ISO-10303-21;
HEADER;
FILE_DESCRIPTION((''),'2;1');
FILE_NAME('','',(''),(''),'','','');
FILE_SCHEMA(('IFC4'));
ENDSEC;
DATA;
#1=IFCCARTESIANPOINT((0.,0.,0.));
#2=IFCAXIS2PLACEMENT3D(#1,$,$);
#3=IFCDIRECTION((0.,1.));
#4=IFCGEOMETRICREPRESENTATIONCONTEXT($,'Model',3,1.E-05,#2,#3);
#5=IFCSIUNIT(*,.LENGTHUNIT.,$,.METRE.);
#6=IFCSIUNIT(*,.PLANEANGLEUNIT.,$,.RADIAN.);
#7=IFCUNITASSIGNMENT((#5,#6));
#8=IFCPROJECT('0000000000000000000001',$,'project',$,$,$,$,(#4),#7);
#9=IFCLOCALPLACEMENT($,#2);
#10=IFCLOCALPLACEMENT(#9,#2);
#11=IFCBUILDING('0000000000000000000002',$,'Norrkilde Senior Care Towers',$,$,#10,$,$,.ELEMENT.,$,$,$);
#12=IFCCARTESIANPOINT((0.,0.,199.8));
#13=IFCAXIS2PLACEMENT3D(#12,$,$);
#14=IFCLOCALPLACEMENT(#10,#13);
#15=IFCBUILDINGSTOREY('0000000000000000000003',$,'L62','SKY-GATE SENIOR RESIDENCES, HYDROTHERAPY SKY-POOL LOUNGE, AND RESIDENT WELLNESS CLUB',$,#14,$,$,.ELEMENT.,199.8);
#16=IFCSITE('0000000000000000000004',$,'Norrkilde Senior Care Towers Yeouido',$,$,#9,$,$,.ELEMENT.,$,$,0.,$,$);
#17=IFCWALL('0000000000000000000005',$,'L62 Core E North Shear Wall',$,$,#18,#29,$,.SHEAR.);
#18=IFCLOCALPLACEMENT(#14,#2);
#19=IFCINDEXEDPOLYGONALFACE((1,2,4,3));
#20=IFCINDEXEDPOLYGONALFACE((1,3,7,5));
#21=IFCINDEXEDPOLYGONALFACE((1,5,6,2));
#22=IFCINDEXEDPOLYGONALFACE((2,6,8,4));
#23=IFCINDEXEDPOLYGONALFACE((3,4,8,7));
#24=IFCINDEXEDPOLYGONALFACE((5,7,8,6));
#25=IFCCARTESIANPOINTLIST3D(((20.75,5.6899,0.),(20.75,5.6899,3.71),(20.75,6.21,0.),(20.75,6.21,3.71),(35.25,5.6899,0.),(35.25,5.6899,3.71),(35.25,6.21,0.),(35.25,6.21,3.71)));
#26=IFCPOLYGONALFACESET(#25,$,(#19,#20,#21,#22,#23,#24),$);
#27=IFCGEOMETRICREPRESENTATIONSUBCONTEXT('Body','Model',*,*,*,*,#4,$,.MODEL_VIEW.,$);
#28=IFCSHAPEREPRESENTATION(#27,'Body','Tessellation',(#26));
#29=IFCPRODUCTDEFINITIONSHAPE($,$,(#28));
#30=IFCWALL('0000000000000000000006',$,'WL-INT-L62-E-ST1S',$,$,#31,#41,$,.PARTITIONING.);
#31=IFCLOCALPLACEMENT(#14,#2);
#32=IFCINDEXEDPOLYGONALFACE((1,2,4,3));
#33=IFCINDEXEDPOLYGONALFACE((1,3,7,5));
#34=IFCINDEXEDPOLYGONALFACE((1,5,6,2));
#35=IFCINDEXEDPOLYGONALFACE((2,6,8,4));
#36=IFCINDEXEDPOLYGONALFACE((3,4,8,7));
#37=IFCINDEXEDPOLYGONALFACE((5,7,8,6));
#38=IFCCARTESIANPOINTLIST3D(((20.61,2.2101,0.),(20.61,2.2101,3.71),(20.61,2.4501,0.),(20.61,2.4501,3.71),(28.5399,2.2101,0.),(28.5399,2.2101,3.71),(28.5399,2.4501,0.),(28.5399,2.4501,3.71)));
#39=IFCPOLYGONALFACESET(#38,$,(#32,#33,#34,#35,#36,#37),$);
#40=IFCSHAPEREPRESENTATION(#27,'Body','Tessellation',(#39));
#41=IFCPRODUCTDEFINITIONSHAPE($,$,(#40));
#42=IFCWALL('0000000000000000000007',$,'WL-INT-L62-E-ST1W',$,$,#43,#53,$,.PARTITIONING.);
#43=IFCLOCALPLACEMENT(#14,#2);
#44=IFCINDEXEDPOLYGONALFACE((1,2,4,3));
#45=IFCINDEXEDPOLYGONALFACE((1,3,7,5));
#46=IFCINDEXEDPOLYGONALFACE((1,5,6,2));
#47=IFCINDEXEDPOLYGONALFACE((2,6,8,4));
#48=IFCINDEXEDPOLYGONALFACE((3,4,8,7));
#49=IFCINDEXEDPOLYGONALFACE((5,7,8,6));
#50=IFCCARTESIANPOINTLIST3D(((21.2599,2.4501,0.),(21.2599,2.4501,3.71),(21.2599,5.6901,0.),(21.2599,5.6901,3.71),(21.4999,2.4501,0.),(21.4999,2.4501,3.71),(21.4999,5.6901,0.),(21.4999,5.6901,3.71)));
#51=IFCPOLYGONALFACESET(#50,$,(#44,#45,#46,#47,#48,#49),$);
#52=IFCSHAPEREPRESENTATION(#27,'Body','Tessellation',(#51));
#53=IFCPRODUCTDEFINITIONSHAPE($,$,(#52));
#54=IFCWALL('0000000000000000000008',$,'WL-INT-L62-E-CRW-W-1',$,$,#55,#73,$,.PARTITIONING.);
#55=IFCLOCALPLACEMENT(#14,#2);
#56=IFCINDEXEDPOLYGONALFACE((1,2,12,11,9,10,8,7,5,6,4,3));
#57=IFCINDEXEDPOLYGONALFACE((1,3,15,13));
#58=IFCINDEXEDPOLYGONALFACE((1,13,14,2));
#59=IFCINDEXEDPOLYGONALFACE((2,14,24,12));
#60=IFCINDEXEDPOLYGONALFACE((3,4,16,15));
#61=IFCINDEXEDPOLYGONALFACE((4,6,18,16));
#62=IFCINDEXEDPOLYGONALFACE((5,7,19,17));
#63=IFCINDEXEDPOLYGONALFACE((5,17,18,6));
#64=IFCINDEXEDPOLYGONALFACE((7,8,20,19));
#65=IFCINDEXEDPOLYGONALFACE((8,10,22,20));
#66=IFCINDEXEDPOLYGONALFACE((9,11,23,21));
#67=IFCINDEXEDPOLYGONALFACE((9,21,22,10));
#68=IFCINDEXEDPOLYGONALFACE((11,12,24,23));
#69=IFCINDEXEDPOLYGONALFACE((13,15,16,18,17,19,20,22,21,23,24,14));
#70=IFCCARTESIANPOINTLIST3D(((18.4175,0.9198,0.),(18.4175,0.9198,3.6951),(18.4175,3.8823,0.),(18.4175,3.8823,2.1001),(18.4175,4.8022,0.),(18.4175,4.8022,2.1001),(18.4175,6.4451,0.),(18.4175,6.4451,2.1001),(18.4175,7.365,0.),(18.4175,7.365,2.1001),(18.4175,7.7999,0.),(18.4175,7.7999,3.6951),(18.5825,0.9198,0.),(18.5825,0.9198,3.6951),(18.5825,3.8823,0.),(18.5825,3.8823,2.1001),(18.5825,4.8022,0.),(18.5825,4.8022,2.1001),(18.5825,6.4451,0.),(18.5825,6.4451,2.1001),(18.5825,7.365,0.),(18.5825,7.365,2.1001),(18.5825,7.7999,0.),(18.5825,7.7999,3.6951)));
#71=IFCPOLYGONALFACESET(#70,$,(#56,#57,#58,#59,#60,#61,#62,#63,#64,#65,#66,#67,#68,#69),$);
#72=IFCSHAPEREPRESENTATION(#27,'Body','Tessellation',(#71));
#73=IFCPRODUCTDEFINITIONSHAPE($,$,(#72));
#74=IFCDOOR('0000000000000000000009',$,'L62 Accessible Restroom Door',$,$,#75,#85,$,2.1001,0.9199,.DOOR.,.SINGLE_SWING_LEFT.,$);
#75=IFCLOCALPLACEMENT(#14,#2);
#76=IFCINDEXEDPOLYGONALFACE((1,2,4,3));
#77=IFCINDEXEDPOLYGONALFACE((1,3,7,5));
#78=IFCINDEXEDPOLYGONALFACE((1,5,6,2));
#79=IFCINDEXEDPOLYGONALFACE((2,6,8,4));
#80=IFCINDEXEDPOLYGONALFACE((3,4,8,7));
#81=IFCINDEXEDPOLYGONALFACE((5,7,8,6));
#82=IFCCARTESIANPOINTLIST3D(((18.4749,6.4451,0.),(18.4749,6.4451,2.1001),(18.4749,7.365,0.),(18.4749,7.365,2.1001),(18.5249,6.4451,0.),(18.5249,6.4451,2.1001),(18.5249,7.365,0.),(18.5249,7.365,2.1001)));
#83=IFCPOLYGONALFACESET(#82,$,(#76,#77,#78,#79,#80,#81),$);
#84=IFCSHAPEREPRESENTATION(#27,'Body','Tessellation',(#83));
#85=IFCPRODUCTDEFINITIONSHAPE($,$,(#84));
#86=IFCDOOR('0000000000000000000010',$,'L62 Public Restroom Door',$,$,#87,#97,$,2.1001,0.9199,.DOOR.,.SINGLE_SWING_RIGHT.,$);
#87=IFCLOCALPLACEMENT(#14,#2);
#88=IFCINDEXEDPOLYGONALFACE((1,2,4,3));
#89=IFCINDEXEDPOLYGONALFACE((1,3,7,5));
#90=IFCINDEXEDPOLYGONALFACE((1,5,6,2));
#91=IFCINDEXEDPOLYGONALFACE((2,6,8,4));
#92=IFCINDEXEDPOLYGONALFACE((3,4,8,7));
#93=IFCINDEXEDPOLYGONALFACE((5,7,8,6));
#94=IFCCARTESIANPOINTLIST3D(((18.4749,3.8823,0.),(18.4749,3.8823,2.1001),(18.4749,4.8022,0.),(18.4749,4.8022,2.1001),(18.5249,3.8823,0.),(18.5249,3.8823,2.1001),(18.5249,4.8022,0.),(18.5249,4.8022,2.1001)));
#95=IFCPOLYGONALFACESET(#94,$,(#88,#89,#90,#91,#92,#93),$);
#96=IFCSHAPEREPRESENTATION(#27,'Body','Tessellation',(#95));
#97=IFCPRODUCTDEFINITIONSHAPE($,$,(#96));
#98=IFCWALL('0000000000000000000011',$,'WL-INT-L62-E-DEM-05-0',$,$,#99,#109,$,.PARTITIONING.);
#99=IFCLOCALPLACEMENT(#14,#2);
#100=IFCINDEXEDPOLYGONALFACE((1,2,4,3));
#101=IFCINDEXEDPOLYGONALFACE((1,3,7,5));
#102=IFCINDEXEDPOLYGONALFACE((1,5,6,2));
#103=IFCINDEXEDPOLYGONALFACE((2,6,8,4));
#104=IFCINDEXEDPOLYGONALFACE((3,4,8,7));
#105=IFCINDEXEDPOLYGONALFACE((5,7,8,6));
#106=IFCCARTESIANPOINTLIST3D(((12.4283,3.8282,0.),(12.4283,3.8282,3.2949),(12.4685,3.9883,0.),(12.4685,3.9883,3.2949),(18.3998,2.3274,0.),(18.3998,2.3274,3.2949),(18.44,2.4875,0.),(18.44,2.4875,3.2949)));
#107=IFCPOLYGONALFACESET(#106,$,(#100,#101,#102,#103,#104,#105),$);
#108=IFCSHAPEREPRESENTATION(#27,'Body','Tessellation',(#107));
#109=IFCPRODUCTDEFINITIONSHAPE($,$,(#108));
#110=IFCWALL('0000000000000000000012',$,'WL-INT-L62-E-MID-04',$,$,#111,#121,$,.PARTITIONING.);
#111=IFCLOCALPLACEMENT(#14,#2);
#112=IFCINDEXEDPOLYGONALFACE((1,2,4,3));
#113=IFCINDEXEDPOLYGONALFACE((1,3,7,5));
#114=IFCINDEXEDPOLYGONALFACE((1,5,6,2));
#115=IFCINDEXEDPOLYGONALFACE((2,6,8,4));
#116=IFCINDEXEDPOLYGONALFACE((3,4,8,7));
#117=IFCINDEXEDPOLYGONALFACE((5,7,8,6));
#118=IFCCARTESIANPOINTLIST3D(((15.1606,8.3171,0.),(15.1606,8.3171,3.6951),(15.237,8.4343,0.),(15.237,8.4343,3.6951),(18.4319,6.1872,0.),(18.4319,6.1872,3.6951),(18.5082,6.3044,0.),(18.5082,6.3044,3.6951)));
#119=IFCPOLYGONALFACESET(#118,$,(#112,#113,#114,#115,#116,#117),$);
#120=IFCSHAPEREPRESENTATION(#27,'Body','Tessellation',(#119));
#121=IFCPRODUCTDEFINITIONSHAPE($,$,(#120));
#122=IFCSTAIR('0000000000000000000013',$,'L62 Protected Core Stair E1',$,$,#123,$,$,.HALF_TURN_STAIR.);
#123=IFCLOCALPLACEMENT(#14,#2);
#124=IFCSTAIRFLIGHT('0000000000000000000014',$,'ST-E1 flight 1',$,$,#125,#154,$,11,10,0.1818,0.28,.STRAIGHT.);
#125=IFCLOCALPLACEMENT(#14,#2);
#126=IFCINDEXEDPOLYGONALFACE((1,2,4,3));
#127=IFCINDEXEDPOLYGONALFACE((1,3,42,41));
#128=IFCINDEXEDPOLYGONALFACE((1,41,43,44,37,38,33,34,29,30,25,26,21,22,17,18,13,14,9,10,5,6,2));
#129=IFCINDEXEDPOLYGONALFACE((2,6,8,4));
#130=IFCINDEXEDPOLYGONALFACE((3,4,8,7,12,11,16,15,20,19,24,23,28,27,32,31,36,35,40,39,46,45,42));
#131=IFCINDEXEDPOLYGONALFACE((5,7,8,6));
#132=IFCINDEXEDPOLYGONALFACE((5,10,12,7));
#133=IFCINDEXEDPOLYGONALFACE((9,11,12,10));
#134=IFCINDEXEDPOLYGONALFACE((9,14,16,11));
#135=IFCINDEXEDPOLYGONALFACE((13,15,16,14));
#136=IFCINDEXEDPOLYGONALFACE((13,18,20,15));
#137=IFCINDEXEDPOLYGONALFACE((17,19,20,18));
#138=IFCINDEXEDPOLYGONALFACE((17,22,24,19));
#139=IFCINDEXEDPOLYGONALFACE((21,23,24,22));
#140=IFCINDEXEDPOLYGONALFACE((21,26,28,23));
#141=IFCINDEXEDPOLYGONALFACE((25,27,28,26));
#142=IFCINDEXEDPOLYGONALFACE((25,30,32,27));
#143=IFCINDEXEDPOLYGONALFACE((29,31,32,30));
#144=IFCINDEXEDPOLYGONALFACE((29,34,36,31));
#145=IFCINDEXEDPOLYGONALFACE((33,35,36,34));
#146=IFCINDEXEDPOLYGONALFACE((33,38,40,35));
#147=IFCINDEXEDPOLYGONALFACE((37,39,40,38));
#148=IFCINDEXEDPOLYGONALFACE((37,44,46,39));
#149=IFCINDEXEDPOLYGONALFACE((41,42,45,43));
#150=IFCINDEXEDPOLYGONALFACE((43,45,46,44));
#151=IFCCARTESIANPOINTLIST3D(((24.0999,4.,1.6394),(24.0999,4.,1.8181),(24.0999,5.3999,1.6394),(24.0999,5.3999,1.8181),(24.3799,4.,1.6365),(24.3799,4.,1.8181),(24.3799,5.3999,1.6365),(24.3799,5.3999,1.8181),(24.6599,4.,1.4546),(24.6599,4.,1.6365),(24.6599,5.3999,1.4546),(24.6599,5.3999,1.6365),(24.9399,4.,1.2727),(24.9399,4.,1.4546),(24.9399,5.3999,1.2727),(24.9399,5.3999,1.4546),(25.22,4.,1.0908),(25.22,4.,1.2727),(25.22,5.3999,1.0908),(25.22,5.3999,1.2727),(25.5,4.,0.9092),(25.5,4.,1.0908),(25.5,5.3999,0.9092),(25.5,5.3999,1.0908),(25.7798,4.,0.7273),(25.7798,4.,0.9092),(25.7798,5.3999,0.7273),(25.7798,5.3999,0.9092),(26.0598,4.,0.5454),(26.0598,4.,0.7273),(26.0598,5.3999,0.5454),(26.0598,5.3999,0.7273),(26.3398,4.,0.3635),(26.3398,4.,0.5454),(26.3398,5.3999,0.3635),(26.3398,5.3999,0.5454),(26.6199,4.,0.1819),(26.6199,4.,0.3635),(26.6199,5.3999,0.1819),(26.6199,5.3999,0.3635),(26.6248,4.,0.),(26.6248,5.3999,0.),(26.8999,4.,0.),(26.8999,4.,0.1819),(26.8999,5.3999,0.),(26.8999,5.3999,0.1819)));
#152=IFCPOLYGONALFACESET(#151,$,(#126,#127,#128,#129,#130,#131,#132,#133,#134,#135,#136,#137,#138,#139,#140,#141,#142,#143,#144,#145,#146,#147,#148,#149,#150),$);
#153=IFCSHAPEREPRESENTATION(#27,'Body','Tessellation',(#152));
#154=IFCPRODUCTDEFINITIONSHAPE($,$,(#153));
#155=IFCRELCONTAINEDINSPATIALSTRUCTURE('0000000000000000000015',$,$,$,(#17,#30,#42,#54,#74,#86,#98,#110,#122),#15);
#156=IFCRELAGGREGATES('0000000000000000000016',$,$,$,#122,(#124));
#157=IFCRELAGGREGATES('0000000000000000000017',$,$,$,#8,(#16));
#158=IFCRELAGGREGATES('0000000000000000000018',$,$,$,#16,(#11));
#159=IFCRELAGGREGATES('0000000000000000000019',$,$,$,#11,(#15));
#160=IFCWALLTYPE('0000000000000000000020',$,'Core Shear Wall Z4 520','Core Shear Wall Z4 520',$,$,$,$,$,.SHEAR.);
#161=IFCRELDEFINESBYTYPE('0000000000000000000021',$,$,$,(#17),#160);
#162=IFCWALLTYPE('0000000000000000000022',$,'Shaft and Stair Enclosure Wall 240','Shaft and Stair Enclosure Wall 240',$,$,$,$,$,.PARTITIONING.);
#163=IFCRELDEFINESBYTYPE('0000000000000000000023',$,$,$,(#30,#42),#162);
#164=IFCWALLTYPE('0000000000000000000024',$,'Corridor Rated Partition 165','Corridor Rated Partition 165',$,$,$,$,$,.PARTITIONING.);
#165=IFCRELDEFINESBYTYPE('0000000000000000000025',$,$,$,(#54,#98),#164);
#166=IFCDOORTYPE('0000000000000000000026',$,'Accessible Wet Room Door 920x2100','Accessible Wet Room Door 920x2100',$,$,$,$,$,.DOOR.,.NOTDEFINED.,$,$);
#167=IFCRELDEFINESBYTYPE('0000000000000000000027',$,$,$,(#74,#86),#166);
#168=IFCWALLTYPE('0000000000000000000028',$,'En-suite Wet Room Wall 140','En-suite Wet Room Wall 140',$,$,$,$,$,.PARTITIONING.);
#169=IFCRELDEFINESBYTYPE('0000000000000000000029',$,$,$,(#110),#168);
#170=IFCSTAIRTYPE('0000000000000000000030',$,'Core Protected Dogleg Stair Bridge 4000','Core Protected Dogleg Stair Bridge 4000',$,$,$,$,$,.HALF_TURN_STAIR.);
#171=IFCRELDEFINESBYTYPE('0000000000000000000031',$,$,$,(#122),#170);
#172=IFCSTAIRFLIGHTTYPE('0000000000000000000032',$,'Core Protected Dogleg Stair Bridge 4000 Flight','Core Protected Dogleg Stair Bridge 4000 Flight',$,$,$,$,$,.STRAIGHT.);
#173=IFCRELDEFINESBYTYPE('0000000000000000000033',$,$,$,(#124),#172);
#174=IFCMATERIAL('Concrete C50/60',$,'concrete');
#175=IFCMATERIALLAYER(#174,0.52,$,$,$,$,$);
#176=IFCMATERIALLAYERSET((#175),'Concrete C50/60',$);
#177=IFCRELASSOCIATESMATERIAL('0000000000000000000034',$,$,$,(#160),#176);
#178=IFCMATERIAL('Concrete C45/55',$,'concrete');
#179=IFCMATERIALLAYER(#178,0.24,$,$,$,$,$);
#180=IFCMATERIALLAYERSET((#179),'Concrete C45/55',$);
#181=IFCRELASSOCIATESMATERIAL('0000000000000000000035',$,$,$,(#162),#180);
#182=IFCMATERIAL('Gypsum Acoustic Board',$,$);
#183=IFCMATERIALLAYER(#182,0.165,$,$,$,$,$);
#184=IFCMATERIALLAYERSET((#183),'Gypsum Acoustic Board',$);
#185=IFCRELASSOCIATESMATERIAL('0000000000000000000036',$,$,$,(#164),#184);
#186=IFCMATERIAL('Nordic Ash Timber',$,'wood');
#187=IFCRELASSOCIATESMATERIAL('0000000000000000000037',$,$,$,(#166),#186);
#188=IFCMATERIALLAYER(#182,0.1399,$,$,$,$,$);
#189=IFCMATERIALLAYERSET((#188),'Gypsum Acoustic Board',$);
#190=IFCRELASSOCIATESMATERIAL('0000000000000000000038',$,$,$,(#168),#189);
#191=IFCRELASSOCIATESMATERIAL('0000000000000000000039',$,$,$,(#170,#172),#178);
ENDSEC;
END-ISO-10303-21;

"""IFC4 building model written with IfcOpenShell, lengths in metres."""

from ifc_helpers import new_model, si_unit, direction, frame, frame_2d, origin, place, context, subcontext, project, spatial, polyline, rectangle, outline, extrude, source, transform, mapped, material, layer, layer_set, type_object, type_shapes, element, fill, aggregate, save


model = new_model("IFC4")

# Units and contexts
model_context = context("Model", 3, precision=1e-05, world=origin(), true_north=direction((0.0, 1.0)))
body_context = subcontext(model_context, "Body", "Model", "MODEL_VIEW")
ifc_project = project(units=[si_unit("LENGTHUNIT", "METRE"), si_unit("PLANEANGLEUNIT", "RADIAN")], contexts=[model_context])

# Site, building, storey
site_placement = place(None, origin())
site = spatial("IfcSite", under=ifc_project, at=site_placement, Name="Norrkilde Senior Care Towers Yeouido", CompositionType="ELEMENT", RefElevation=0.0)
building_placement = place(site_placement, origin())
building = spatial("IfcBuilding", under=site, at=building_placement, Name="Norrkilde Senior Care Towers", CompositionType="ELEMENT")
storey_placement = place(building_placement, frame((0.0, 0.0, 199.8)))
storey = spatial("IfcBuildingStorey", under=building, at=storey_placement, Name="L62", Description="SKY-GATE SENIOR RESIDENCES, HYDROTHERAPY SKY-POOL LOUNGE, AND RESIDENT WELLNESS CLUB", CompositionType="ELEMENT", Elevation=199.8)

# Walls
ifc_material_1 = material(Name="Concrete C50/60", Category="concrete")
ifc_layer_1 = layer(ifc_material_1, 0.52)
ifc_layer_set_1 = layer_set([ifc_layer_1], Name="Concrete C50/60")
wall_type_1 = type_object("IfcWallType", Name="Core Shear Wall Z4 520", Description="Core Shear Wall Z4 520", PredefinedType="SHEAR", material=ifc_layer_set_1)
shared_shape_1 = source(origin(), body_context, "Body", "SweptSolid", [
    extrude(rectangle(XDim=14.5, YDim=0.52, at=frame_2d((7.25, 0.0))), origin(), (0.0, 0.0, 1.0), 3.71),
])
type_shapes(wall_type_1, [shared_shape_1])
wall_1_placement = place(storey_placement, frame((20.75, 5.95, 0.0), z_axis=(0.0, 0.0, 1.0), x_axis=(1.0, 0.0, 0.0)))
element("IfcWall", 1, at=wall_1_placement, inside=storey, type_object=wall_type_1, Name="L62 Core E North Shear Wall", PredefinedType="SHEAR", context=body_context, shape_type="MappedRepresentation", body=[
    mapped(shared_shape_1, transform((0.0, 0.0, 0.0), x_axis=(1.0, 0.0, 0.0), y_axis=(0.0, 1.0, 0.0), z_axis=(0.0, 0.0, 1.0), scale=1.0)),
])
ifc_material_2 = material(Name="Concrete C45/55", Category="concrete")
ifc_layer_2 = layer(ifc_material_2, 0.24)
ifc_layer_set_2 = layer_set([ifc_layer_2], Name="Concrete C45/55")
wall_type_2 = type_object("IfcWallType", Name="Shaft and Stair Enclosure Wall 240", Description="Shaft and Stair Enclosure Wall 240", PredefinedType="PARTITIONING", material=ifc_layer_set_2)
shared_shape_2 = source(origin(), body_context, "Body", "SweptSolid", [
    extrude(rectangle(XDim=7.9299, YDim=0.24, at=frame_2d((3.9648, 0.0))), origin(), (0.0, 0.0, 1.0), 3.71),
])
wall_2_placement = place(storey_placement, frame((20.6101, 2.3301, 0.0), z_axis=(0.0, 0.0, 1.0), x_axis=(1.0, 0.0, 0.0)))
element("IfcWall", 2, at=wall_2_placement, inside=storey, type_object=wall_type_2, Name="WL-INT-L62-E-ST1S", PredefinedType="PARTITIONING", context=body_context, shape_type="MappedRepresentation", body=[
    mapped(shared_shape_2, transform((0.0, 0.0, 0.0), x_axis=(1.0, 0.0, 0.0), y_axis=(0.0, 1.0, 0.0), z_axis=(0.0, 0.0, 1.0), scale=1.0)),
])
shared_shape_3 = source(origin(), body_context, "Body", "SweptSolid", [
    extrude(rectangle(XDim=3.24, YDim=0.24, at=frame_2d((1.6201, 0.0))), origin(), (0.0, 0.0, 1.0), 3.71),
])
type_shapes(wall_type_2, [shared_shape_2, shared_shape_3])
wall_3_placement = place(storey_placement, frame((21.3799, 2.45, 0.0), z_axis=(0.0, 0.0, 1.0), x_axis=(0.0, 1.0, 0.0)))
element("IfcWall", 3, at=wall_3_placement, inside=storey, type_object=wall_type_2, Name="WL-INT-L62-E-ST1W", PredefinedType="PARTITIONING", context=body_context, shape_type="MappedRepresentation", body=[
    mapped(shared_shape_3, transform((0.0, 0.0, 0.0), x_axis=(1.0, 0.0, 0.0), y_axis=(0.0, 1.0, 0.0), z_axis=(0.0, 0.0, 1.0), scale=1.0)),
])

# Wall, openings, doors
ifc_material_3 = material(Name="Gypsum Acoustic Board")
ifc_layer_3 = layer(ifc_material_3, 0.165)
ifc_layer_set_3 = layer_set([ifc_layer_3], Name="Gypsum Acoustic Board")
wall_type_3 = type_object("IfcWallType", Name="Corridor Rated Partition 165", Description="Corridor Rated Partition 165", PredefinedType="PARTITIONING", material=ifc_layer_set_3)
shared_shape_4 = source(origin(), body_context, "Body", "SweptSolid", [
    extrude(rectangle(XDim=6.8801, YDim=0.165, at=frame_2d((3.4399, 0.0))), origin(), (0.0, 0.0, 1.0), 3.6951),
])
wall_4_placement = place(storey_placement, frame((18.5, 0.9199, 0.0), z_axis=(0.0, 0.0, 1.0), x_axis=(0.0, 1.0, 0.0)))
wall_4 = element("IfcWall", 4, at=wall_4_placement, inside=storey, type_object=wall_type_3, Name="WL-INT-L62-E-CRW-W-1", PredefinedType="PARTITIONING", context=body_context, shape_type="MappedRepresentation", body=[
    mapped(shared_shape_4, transform((0.0, 0.0, 0.0), x_axis=(1.0, 0.0, 0.0), y_axis=(0.0, 1.0, 0.0), z_axis=(0.0, 0.0, 1.0), scale=1.0)),
])
opening_1_placement = place(wall_4_placement, frame((5.5251, 0.0, 0.0)))
opening_1 = element("IfcOpeningElement", 5, at=opening_1_placement, cuts=wall_4, PredefinedType="OPENING", context=body_context, shape_type="SweptSolid", body=[
    extrude(rectangle(XDim=0.9199, YDim=2.1001, at=frame_2d((0.46, 1.05))), frame((0.0, 0.0925, 0.0), z_axis=(0.0, -1.0, 0.0), x_axis=(1.0, 0.0, 0.0)), (0.0, 0.0, 1.0), 0.1851),
])
opening_2_placement = place(wall_4_placement, frame((2.9624, 0.0, 0.0)))
opening_2 = element("IfcOpeningElement", 6, at=opening_2_placement, cuts=wall_4, PredefinedType="OPENING", context=body_context, shape_type="SweptSolid", body=[
    extrude(rectangle(XDim=0.9199, YDim=2.1001, at=frame_2d((0.46, 1.05))), frame((0.0, 0.0925, 0.0), z_axis=(0.0, -1.0, 0.0), x_axis=(1.0, 0.0, 0.0)), (0.0, 0.0, 1.0), 0.1851),
])
ifc_material_4 = material(Name="Nordic Ash Timber", Category="wood")
door_type_1 = type_object("IfcDoorType", Name="Accessible Wet Room Door 920x2100", Description="Accessible Wet Room Door 920x2100", OperationType="NOTDEFINED", PredefinedType="DOOR", material=ifc_material_4)
shared_shape_5 = source(origin(), body_context, "Body", "SweptSolid", [
    extrude(rectangle(XDim=0.9199, YDim=2.1001, at=frame_2d((0.46, 1.05))), frame((0.0, 0.0249, 0.0), z_axis=(0.0, -1.0, 0.0), x_axis=(1.0, 0.0, 0.0)), (0.0, 0.0, 1.0), 0.05),
])
type_shapes(door_type_1, [shared_shape_5])
door_1_placement = place(opening_1_placement, frame((0.9199, 0.0, 0.0), z_axis=(0.0, 0.0, 1.0), x_axis=(-1.0, 0.0, 0.0)))
door_1 = element("IfcDoor", 7, at=door_1_placement, inside=storey, type_object=door_type_1, Name="L62 Accessible Restroom Door", OperationType="SINGLE_SWING_LEFT", OverallHeight=2.1001, OverallWidth=0.9199, PredefinedType="DOOR", context=body_context, shape_type="MappedRepresentation", body=[
    mapped(shared_shape_5, transform((0.0, 0.0, 0.0), x_axis=(1.0, 0.0, 0.0), y_axis=(0.0, 1.0, 0.0), z_axis=(0.0, 0.0, 1.0), scale=1.0)),
])
fill(opening_1, door_1)
door_2_placement = place(opening_2_placement, frame((0.9199, 0.0, 0.0), z_axis=(0.0, 0.0, 1.0), x_axis=(-1.0, 0.0, 0.0)))
door_2 = element("IfcDoor", 8, at=door_2_placement, inside=storey, type_object=door_type_1, Name="L62 Public Restroom Door", OperationType="SINGLE_SWING_RIGHT", OverallHeight=2.1001, OverallWidth=0.9199, PredefinedType="DOOR", context=body_context, shape_type="MappedRepresentation", body=[
    mapped(shared_shape_5, transform((0.0, 0.0, 0.0), x_axis=(1.0, 0.0, 0.0), y_axis=(0.0, 1.0, 0.0), z_axis=(0.0, 0.0, 1.0), scale=1.0)),
])
fill(opening_2, door_2)

# Walls
shared_shape_6 = source(origin(), body_context, "Body", "SweptSolid", [
    extrude(rectangle(XDim=6.1572, YDim=0.165, at=frame_2d((3.0786, 0.0))), origin(), (0.0, 0.0, 1.0), 3.2949),
])
type_shapes(wall_type_3, [shared_shape_4, shared_shape_6])
wall_5_placement = place(storey_placement, frame((18.4199, 2.4075, 0.0), z_axis=(0.0, 0.0, 1.0), x_axis=(-0.969841, 0.243739, 0.0)))
element("IfcWall", 9, at=wall_5_placement, inside=storey, type_object=wall_type_3, Name="WL-INT-L62-E-DEM-05-0", PredefinedType="PARTITIONING", context=body_context, shape_type="MappedRepresentation", body=[
    mapped(shared_shape_6, transform((0.0, 0.0, 0.0), x_axis=(1.0, 0.0, 0.0), y_axis=(0.0, 1.0, 0.0), z_axis=(0.0, 0.0, 1.0), scale=1.0)),
])
ifc_layer_4 = layer(ifc_material_3, 0.1399)
ifc_layer_set_4 = layer_set([ifc_layer_4], Name="Gypsum Acoustic Board")
wall_type_4 = type_object("IfcWallType", Name="En-suite Wet Room Wall 140", Description="En-suite Wet Room Wall 140", PredefinedType="PARTITIONING", material=ifc_layer_set_4)
shared_shape_7 = source(origin(), body_context, "Body", "SweptSolid", [
    extrude(rectangle(XDim=3.9036, YDim=0.1399, at=frame_2d((1.9517, 0.0))), origin(), (0.0, 0.0, 1.0), 3.6951),
])
type_shapes(wall_type_4, [shared_shape_7])
wall_6_placement = place(storey_placement, frame((18.47, 6.2458, 0.0), z_axis=(0.0, 0.0, 1.0), x_axis=(-0.838025, 0.545632, 0.0)))
element("IfcWall", 10, at=wall_6_placement, inside=storey, type_object=wall_type_4, Name="WL-INT-L62-E-MID-04", PredefinedType="PARTITIONING", context=body_context, shape_type="MappedRepresentation", body=[
    mapped(shared_shape_7, transform((0.0, 0.0, 0.0), x_axis=(1.0, 0.0, 0.0), y_axis=(0.0, 1.0, 0.0), z_axis=(0.0, 0.0, 1.0), scale=1.0)),
])

# Stair, stair flight
stair_type = type_object("IfcStairType", Name="Core Protected Dogleg Stair Bridge 4000", Description="Core Protected Dogleg Stair Bridge 4000", PredefinedType="HALF_TURN_STAIR", material=ifc_material_2)
stair_placement = place(storey_placement, origin())
stair = element("IfcStair", 11, at=stair_placement, inside=storey, type_object=stair_type, Name="L62 Protected Core Stair E1", PredefinedType="HALF_TURN_STAIR")
stair_flight_type = type_object("IfcStairFlightType", Name="Core Protected Dogleg Stair Bridge 4000 Flight", Description="Core Protected Dogleg Stair Bridge 4000 Flight", PredefinedType="STRAIGHT", material=ifc_material_2)
stair_flight_1_placement = place(storey_placement, frame((26.8999, 4.7, 0.0), z_axis=(0.0, 0.0, 1.0), x_axis=(-1.0, 0.0, 0.0)))
stair_flight_1 = element("IfcStairFlight", 12, at=stair_flight_1_placement, type_object=stair_flight_type, Name="ST-E1 flight 1", NumberOfRisers=11, NumberOfTreads=10, PredefinedType="STRAIGHT", RiserHeight=0.1818, TreadLength=0.28, context=body_context, shape_type="SweptSolid", body=[
    extrude(outline(polyline([(0.0, 0.0), (0.0, 0.1819), (0.28, 0.1819), (0.28, 0.3635), (0.5601, 0.3635), (0.5601, 0.5454), (0.8401, 0.5454), (0.8401, 0.7273), (1.1201, 0.7273), (1.1201, 0.9092), (1.3999, 0.9092), (1.3999, 1.0908), (1.6799, 1.0908), (1.6799, 1.2727), (1.96, 1.2727), (1.96, 1.4546), (2.24, 1.4546), (2.24, 1.6365), (2.52, 1.6365), (2.52, 1.8181), (2.8, 1.8181), (2.8, 2.0), (2.8, 1.6394), (0.2751, 0.0), (0.0, 0.0)])), frame((0.0, 0.7, 0.0), z_axis=(0.0, -1.0, 0.0), x_axis=(1.0, 0.0, 0.0)), (0.0, 0.0, 1.0), 1.3999),
])
aggregate(stair, [stair_flight_1])

save(model, "model.ifc")
